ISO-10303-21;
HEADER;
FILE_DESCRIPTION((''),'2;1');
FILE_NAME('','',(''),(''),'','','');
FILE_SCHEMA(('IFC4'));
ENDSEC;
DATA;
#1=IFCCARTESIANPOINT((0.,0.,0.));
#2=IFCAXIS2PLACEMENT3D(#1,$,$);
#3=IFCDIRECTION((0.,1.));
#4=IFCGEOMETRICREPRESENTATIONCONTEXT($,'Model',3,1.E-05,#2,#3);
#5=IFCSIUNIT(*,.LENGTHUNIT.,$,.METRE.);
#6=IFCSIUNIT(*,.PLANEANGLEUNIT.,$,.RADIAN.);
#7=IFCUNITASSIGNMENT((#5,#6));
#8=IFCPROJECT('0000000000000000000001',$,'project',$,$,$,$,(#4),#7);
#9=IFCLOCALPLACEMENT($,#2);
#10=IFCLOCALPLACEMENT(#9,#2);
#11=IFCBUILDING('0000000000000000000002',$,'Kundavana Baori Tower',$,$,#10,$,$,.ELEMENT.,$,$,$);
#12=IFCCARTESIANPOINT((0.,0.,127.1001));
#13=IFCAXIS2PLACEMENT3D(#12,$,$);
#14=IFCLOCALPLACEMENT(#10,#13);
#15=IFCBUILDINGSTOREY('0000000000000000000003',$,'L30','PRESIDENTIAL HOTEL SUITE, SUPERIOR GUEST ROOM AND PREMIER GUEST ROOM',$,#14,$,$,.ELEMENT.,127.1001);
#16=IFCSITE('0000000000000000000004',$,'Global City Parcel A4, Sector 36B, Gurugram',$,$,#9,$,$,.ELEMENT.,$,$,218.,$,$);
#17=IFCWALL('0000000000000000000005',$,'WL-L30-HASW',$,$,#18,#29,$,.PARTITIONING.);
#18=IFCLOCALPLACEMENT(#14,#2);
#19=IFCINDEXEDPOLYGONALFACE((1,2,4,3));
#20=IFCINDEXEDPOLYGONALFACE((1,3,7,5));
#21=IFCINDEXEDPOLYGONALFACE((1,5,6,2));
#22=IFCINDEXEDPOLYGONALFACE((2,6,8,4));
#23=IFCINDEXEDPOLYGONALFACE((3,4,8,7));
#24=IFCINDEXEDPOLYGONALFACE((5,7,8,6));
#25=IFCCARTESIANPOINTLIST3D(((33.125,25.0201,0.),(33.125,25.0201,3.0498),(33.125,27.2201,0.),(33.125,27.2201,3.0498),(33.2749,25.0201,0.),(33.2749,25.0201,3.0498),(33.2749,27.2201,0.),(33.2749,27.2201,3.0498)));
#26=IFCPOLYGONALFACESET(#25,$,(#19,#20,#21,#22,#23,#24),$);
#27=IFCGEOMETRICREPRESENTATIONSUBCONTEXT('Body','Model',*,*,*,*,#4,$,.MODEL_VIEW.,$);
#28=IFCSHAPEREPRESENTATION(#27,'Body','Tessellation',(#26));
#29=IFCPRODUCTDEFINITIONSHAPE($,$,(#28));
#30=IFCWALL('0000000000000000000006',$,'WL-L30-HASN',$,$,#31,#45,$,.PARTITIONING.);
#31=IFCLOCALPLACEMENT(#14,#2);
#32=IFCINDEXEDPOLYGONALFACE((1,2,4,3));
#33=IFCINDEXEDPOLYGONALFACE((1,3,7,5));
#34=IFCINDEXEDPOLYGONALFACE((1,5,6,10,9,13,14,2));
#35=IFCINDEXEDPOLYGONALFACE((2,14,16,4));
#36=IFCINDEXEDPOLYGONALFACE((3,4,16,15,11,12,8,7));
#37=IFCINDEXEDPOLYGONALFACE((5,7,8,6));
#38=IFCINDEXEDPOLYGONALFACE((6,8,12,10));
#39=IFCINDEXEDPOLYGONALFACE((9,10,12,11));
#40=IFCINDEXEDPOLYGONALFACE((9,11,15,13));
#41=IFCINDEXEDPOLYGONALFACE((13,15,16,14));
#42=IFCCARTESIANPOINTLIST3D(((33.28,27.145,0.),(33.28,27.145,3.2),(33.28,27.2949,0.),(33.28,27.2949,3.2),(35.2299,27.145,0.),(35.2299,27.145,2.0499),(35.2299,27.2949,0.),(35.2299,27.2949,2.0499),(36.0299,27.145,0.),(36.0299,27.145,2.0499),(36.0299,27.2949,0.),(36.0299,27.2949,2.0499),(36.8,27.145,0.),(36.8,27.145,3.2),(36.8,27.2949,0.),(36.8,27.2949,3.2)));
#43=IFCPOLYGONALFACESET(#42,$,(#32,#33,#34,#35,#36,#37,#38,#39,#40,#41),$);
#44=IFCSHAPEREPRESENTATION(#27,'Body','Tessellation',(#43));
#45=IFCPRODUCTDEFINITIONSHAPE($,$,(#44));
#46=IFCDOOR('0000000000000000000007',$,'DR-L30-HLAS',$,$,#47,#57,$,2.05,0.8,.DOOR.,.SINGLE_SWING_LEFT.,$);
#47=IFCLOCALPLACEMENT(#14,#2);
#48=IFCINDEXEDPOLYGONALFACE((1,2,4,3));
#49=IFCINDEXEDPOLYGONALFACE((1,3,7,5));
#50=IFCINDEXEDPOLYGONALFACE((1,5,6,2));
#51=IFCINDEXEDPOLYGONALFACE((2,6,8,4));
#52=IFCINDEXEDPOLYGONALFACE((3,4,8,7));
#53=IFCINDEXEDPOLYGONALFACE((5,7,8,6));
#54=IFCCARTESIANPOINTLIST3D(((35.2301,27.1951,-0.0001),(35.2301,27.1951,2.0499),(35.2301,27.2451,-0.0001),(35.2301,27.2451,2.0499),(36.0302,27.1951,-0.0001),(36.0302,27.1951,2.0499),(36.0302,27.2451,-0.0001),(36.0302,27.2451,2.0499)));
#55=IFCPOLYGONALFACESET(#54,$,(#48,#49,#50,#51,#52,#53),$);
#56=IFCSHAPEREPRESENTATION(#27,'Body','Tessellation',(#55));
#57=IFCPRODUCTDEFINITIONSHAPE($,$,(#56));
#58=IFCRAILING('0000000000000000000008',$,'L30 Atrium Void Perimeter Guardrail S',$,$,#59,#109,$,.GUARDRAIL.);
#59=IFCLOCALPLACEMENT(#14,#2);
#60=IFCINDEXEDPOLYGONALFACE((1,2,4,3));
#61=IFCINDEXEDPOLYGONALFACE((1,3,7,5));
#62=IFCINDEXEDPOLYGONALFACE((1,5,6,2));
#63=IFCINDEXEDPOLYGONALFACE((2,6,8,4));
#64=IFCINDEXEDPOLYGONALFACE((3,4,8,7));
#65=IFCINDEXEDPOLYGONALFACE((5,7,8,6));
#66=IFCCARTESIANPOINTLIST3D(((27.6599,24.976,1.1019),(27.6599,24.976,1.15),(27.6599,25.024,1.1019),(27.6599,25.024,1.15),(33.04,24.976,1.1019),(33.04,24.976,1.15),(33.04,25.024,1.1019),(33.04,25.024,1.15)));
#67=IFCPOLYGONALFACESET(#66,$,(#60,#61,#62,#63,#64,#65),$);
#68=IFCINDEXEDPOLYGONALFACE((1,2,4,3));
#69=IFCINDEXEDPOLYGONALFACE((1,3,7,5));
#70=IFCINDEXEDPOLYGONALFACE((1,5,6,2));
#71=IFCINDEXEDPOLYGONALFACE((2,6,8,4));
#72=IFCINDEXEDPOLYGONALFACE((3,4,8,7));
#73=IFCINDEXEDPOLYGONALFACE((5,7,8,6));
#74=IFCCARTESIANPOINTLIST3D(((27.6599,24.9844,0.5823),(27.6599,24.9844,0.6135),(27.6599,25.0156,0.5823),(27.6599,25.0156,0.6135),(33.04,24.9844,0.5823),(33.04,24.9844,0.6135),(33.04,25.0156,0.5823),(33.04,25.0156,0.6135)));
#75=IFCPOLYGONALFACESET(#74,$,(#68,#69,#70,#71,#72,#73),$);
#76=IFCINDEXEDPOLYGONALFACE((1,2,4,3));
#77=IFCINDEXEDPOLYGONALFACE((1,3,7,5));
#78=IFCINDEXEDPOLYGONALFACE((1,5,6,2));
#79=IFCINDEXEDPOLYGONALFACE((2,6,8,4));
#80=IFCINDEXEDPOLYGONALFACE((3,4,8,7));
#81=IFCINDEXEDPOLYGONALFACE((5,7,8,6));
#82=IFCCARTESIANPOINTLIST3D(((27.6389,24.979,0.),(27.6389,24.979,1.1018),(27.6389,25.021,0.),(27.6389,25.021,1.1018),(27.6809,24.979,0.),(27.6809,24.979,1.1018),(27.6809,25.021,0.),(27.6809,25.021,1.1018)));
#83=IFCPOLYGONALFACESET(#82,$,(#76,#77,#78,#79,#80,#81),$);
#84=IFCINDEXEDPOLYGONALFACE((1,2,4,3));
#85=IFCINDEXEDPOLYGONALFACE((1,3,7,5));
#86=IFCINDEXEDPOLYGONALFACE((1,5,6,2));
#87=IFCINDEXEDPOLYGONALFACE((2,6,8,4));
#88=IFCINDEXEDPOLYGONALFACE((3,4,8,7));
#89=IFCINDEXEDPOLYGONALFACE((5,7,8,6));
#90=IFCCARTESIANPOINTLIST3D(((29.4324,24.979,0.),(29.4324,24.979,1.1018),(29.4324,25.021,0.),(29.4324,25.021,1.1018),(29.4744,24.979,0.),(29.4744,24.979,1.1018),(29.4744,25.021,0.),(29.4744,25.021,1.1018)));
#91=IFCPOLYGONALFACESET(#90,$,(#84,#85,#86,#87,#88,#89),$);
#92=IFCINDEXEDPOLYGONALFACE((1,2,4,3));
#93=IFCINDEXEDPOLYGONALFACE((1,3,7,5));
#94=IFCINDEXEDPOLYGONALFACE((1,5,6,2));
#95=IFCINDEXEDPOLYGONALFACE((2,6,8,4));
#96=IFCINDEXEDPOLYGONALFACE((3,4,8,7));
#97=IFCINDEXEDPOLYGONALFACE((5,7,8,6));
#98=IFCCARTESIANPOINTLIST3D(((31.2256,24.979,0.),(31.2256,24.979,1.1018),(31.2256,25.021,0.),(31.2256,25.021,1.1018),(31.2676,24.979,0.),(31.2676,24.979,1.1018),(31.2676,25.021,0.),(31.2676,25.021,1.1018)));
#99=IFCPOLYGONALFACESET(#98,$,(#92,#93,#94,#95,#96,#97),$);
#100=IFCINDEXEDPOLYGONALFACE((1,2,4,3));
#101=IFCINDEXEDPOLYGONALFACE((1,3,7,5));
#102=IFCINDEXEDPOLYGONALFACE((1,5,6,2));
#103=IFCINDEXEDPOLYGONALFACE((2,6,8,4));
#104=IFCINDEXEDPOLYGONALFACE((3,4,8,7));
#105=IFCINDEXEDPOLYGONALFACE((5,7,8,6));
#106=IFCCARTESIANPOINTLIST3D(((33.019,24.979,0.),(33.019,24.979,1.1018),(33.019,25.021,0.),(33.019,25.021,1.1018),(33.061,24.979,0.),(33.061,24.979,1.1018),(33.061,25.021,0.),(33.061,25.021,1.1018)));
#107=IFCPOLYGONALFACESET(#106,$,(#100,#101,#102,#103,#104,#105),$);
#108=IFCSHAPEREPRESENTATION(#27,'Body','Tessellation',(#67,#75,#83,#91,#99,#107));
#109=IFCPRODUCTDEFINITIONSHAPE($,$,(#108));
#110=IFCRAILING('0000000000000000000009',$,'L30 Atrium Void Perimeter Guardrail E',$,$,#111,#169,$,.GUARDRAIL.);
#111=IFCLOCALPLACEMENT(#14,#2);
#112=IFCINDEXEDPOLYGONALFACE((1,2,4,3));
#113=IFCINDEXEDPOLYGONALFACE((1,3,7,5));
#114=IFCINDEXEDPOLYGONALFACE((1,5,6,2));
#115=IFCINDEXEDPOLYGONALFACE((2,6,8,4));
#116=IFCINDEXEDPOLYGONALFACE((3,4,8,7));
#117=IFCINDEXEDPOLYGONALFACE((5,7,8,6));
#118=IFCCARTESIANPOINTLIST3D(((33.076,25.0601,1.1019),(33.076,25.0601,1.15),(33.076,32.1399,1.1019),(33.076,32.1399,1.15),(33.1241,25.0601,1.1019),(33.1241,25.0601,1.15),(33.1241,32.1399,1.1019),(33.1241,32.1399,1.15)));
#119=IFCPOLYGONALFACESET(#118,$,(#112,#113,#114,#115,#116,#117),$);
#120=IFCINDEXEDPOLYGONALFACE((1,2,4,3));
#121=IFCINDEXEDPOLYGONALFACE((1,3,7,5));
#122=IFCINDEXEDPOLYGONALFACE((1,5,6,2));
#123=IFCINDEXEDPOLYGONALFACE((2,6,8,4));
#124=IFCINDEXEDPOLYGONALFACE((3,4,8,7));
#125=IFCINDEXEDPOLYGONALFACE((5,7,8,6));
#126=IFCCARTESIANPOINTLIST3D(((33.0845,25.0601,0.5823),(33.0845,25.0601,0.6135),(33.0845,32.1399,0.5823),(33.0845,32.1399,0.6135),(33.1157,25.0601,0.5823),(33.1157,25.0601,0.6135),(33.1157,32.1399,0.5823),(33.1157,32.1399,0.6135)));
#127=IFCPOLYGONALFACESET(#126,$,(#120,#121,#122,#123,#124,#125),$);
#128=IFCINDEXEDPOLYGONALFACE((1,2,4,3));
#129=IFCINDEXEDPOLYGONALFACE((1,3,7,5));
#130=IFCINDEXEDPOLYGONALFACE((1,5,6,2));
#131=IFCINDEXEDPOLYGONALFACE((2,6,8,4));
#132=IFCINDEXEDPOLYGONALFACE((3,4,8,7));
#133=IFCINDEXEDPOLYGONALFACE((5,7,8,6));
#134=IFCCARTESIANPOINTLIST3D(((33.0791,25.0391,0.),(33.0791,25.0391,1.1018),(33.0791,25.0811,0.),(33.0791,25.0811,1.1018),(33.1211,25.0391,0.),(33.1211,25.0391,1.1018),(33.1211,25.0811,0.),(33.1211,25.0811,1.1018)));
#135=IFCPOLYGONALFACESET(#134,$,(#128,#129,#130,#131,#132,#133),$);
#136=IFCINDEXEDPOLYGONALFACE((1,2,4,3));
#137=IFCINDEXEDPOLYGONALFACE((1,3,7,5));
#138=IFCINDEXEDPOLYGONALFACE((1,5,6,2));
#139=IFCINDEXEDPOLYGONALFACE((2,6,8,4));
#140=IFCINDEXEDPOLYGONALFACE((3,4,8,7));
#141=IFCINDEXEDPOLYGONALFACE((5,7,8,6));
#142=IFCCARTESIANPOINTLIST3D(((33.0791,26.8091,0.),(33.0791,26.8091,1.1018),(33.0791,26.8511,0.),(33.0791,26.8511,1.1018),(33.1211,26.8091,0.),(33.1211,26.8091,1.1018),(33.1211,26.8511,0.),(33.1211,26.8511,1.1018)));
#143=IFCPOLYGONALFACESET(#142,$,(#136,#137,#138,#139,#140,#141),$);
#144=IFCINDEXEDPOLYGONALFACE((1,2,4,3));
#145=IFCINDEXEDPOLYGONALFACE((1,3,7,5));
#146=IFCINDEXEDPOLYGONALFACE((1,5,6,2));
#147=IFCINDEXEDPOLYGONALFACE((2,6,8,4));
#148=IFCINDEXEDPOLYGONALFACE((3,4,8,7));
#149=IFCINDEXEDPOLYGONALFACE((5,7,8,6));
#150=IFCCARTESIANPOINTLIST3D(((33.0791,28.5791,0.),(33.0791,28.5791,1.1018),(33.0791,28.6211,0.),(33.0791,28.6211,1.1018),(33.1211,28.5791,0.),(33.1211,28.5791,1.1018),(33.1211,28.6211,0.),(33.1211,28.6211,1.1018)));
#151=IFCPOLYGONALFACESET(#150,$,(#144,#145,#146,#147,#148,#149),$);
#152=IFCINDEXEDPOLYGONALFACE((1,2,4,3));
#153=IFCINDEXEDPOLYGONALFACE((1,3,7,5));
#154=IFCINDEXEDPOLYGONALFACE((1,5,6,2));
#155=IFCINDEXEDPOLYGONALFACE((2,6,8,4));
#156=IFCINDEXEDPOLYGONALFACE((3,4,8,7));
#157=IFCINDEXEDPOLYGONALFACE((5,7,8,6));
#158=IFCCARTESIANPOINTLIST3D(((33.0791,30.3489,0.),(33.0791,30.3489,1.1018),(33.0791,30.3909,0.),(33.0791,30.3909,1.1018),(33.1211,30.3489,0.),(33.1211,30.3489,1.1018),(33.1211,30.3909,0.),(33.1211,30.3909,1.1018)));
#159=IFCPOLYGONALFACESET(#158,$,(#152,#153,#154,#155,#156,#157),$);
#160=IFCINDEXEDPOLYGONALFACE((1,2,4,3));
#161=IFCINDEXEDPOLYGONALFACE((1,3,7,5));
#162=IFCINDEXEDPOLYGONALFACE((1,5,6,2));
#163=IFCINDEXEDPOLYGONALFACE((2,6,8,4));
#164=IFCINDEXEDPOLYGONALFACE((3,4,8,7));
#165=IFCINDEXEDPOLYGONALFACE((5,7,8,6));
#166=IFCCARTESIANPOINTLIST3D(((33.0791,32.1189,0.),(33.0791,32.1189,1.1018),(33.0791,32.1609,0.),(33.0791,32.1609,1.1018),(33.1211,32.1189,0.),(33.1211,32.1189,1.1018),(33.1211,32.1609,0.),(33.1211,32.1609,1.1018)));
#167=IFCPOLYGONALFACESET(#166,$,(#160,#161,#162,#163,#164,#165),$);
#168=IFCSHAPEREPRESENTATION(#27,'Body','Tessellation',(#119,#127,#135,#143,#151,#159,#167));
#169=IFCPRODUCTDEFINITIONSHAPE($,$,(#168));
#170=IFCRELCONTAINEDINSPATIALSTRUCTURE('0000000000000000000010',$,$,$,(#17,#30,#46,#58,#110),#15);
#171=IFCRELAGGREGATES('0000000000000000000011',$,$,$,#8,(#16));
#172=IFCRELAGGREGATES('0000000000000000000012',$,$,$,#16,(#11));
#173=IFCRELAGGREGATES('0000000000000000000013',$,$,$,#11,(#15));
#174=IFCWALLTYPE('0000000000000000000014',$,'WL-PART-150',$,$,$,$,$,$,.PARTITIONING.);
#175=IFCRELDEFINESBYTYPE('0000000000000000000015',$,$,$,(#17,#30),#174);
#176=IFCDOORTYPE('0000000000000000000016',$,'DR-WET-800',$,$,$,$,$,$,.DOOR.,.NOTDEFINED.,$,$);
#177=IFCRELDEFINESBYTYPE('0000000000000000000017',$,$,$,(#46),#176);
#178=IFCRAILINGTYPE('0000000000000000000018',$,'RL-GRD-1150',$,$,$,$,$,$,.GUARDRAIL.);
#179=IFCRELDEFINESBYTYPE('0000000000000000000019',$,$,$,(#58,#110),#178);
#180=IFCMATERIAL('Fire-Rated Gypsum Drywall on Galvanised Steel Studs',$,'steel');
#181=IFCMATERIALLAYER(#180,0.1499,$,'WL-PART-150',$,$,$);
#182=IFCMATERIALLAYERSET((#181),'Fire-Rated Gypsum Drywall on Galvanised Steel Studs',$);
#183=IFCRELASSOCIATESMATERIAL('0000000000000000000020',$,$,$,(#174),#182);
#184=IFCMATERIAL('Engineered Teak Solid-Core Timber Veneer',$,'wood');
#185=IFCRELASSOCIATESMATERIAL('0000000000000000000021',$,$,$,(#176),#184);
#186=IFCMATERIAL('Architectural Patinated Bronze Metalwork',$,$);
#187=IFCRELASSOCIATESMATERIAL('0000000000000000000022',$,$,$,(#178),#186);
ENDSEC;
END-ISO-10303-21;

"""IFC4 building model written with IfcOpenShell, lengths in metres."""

from ifc_helpers import new_model, si_unit, direction, frame, frame_2d, origin, origin_2d, place, context, subcontext, project, spatial, rectangle, extrude, material, layer, layer_set, type_object, element, fill, save


model = new_model("IFC4")

# Units and contexts
model_context = context("Model", 3, precision=1e-05, world=origin(), true_north=direction((0.0, 1.0)))
body_context = subcontext(model_context, "Body", "Model", "MODEL_VIEW")
ifc_project = project(units=[si_unit("LENGTHUNIT", "METRE"), si_unit("PLANEANGLEUNIT", "RADIAN")], contexts=[model_context])

# Site, building, storey
site_placement = place(None, origin())
site = spatial("IfcSite", under=ifc_project, at=site_placement, Name="Global City Parcel A4, Sector 36B, Gurugram", CompositionType="ELEMENT", RefElevation=218.0)
building_placement = place(site_placement, origin())
building = spatial("IfcBuilding", under=site, at=building_placement, Name="Kundavana Baori Tower", CompositionType="ELEMENT")
storey_placement = place(building_placement, frame((0.0, 0.0, 127.1001)))
storey = spatial("IfcBuildingStorey", under=building, at=storey_placement, Name="L30", Description="PRESIDENTIAL HOTEL SUITE, SUPERIOR GUEST ROOM AND PREMIER GUEST ROOM", CompositionType="ELEMENT", Elevation=127.1001)

# Shared definitions
ifc_material_1 = material(Name="Fire-Rated Gypsum Drywall on Galvanised Steel Studs", Category="steel")
ifc_layer = layer(ifc_material_1, 0.1499, Name="WL-PART-150")
ifc_layer_set = layer_set([ifc_layer], Name="Fire-Rated Gypsum Drywall on Galvanised Steel Studs")
wall_type = type_object("IfcWallType", Name="WL-PART-150", PredefinedType="PARTITIONING", material=ifc_layer_set)

# Wall
wall_1_placement = place(storey_placement, frame((33.2, 25.02, 0.0), z_axis=(0.0, 0.0, 1.0), x_axis=(0.0, 1.0, 0.0)))
element("IfcWall", 1, at=wall_1_placement, inside=storey, type_object=wall_type, Name="WL-L30-HASW", PredefinedType="PARTITIONING", context=body_context, shape_type="SweptSolid", body=[
    extrude(rectangle(XDim=2.2, YDim=0.1499, at=frame_2d((1.1001, 0.0))), origin(), (0.0, 0.0, 1.0), 3.0498),
])

# Wall, opening, door
wall_2_placement = place(storey_placement, frame((33.28, 27.22, 0.0), z_axis=(0.0, 0.0, 1.0), x_axis=(1.0, 0.0, 0.0)))
wall_2 = element("IfcWall", 2, at=wall_2_placement, inside=storey, type_object=wall_type, Name="WL-L30-HASN", PredefinedType="PARTITIONING", context=body_context, shape_type="SweptSolid", body=[
    extrude(rectangle(XDim=3.52, YDim=0.1499, at=frame_2d((1.76, 0.0))), origin(), (0.0, 0.0, 1.0), 3.2),
])
opening_1_placement = place(wall_2_placement, frame((1.95, 0.0, 0.0)))
opening_1 = element("IfcOpeningElement", 3, at=opening_1_placement, cuts=wall_2, PredefinedType="OPENING", context=body_context, shape_type="SweptSolid", body=[
    extrude(rectangle(XDim=0.8, YDim=2.05, at=frame_2d((0.3999, 1.0249))), frame((0.0, 0.085, 0.0), z_axis=(0.0, -1.0, 0.0), x_axis=(1.0, 0.0, 0.0)), (0.0, 0.0, 1.0), 0.1699),
])
ifc_material_2 = material(Name="Engineered Teak Solid-Core Timber Veneer", Category="wood")
door_type_1 = type_object("IfcDoorType", Name="DR-WET-800", OperationType="NOTDEFINED", PredefinedType="DOOR", material=ifc_material_2)
door_1_placement = place(opening_1_placement, frame((0.8, 0.0, 0.0), z_axis=(0.0, 0.0, 1.0), x_axis=(-1.0, 0.0, 0.0)))
door_1 = element("IfcDoor", 4, at=door_1_placement, inside=storey, type_object=door_type_1, Name="DR-L30-HLAS", OperationType="SINGLE_SWING_LEFT", OverallHeight=2.05, OverallWidth=0.8, PredefinedType="DOOR", context=body_context, shape_type="SweptSolid", body=[
    extrude(rectangle(XDim=0.8, YDim=2.05, at=frame_2d((0.3999, 1.0249))), frame((0.0, 0.0249, 0.0), z_axis=(0.0, -1.0, 0.0), x_axis=(1.0, 0.0, 0.0)), (0.0, 0.0, 1.0), 0.05),
])
fill(opening_1, door_1)

# Railings
ifc_material_3 = material(Name="Architectural Patinated Bronze Metalwork")
railing_type = type_object("IfcRailingType", Name="RL-GRD-1150", PredefinedType="GUARDRAIL", material=ifc_material_3)
railing_1_placement = place(storey_placement, frame((27.6599, 25.0, 0.0)))
element("IfcRailing", 5, at=railing_1_placement, inside=storey, type_object=railing_type, Name="L30 Atrium Void Perimeter Guardrail S", PredefinedType="GUARDRAIL", context=body_context, shape_type="SweptSolid", body=[
    extrude(rectangle(XDim=0.0481, YDim=0.0481, at=origin_2d()), frame((0.0, 0.0, 1.126), z_axis=(1.0, 0.0, 0.0), x_axis=(0.0, 1.0, 0.0)), (0.0, 0.0, 1.0), 5.3801),
    extrude(rectangle(XDim=0.0312, YDim=0.0312, at=origin_2d()), frame((0.0, 0.0, 0.5979), z_axis=(1.0, 0.0, 0.0), x_axis=(0.0, 1.0, 0.0)), (0.0, 0.0, 1.0), 5.3801),
    extrude(rectangle(XDim=0.042, YDim=0.042, at=origin_2d()), origin(), (0.0, 0.0, 1.0), 1.1018),
    extrude(rectangle(XDim=0.042, YDim=0.042, at=origin_2d()), frame((1.7935, 0.0, 0.0)), (0.0, 0.0, 1.0), 1.1018),
    extrude(rectangle(XDim=0.042, YDim=0.042, at=origin_2d()), frame((3.5867, 0.0, 0.0)), (0.0, 0.0, 1.0), 1.1018),
    extrude(rectangle(XDim=0.042, YDim=0.042, at=origin_2d()), frame((5.3801, 0.0, 0.0)), (0.0, 0.0, 1.0), 1.1018),
])
railing_2_placement = place(storey_placement, frame((33.1001, 25.0601, 0.0)))
element("IfcRailing", 6, at=railing_2_placement, inside=storey, type_object=railing_type, Name="L30 Atrium Void Perimeter Guardrail E", PredefinedType="GUARDRAIL", context=body_context, shape_type="SweptSolid", body=[
    extrude(rectangle(XDim=0.0481, YDim=0.0481, at=origin_2d()), frame((0.0, 0.0, 1.126), z_axis=(0.0, 1.0, 0.0), x_axis=(-1.0, 0.0, 0.0)), (0.0, 0.0, 1.0), 7.0798),
    extrude(rectangle(XDim=0.0312, YDim=0.0312, at=origin_2d()), frame((0.0, 0.0, 0.5979), z_axis=(0.0, 1.0, 0.0), x_axis=(-1.0, 0.0, 0.0)), (0.0, 0.0, 1.0), 7.0798),
    extrude(rectangle(XDim=0.042, YDim=0.042, at=origin_2d()), origin(), (0.0, 0.0, 1.0), 1.1018),
    extrude(rectangle(XDim=0.042, YDim=0.042, at=origin_2d()), frame((0.0, 1.77, 0.0)), (0.0, 0.0, 1.0), 1.1018),
    extrude(rectangle(XDim=0.042, YDim=0.042, at=origin_2d()), frame((0.0, 3.54, 0.0)), (0.0, 0.0, 1.0), 1.1018),
    extrude(rectangle(XDim=0.042, YDim=0.042, at=origin_2d()), frame((0.0, 5.3098, 0.0)), (0.0, 0.0, 1.0), 1.1018),
    extrude(rectangle(XDim=0.042, YDim=0.042, at=origin_2d()), frame((0.0, 7.0798, 0.0)), (0.0, 0.0, 1.0), 1.1018),
])

save(model, "model.ifc")
